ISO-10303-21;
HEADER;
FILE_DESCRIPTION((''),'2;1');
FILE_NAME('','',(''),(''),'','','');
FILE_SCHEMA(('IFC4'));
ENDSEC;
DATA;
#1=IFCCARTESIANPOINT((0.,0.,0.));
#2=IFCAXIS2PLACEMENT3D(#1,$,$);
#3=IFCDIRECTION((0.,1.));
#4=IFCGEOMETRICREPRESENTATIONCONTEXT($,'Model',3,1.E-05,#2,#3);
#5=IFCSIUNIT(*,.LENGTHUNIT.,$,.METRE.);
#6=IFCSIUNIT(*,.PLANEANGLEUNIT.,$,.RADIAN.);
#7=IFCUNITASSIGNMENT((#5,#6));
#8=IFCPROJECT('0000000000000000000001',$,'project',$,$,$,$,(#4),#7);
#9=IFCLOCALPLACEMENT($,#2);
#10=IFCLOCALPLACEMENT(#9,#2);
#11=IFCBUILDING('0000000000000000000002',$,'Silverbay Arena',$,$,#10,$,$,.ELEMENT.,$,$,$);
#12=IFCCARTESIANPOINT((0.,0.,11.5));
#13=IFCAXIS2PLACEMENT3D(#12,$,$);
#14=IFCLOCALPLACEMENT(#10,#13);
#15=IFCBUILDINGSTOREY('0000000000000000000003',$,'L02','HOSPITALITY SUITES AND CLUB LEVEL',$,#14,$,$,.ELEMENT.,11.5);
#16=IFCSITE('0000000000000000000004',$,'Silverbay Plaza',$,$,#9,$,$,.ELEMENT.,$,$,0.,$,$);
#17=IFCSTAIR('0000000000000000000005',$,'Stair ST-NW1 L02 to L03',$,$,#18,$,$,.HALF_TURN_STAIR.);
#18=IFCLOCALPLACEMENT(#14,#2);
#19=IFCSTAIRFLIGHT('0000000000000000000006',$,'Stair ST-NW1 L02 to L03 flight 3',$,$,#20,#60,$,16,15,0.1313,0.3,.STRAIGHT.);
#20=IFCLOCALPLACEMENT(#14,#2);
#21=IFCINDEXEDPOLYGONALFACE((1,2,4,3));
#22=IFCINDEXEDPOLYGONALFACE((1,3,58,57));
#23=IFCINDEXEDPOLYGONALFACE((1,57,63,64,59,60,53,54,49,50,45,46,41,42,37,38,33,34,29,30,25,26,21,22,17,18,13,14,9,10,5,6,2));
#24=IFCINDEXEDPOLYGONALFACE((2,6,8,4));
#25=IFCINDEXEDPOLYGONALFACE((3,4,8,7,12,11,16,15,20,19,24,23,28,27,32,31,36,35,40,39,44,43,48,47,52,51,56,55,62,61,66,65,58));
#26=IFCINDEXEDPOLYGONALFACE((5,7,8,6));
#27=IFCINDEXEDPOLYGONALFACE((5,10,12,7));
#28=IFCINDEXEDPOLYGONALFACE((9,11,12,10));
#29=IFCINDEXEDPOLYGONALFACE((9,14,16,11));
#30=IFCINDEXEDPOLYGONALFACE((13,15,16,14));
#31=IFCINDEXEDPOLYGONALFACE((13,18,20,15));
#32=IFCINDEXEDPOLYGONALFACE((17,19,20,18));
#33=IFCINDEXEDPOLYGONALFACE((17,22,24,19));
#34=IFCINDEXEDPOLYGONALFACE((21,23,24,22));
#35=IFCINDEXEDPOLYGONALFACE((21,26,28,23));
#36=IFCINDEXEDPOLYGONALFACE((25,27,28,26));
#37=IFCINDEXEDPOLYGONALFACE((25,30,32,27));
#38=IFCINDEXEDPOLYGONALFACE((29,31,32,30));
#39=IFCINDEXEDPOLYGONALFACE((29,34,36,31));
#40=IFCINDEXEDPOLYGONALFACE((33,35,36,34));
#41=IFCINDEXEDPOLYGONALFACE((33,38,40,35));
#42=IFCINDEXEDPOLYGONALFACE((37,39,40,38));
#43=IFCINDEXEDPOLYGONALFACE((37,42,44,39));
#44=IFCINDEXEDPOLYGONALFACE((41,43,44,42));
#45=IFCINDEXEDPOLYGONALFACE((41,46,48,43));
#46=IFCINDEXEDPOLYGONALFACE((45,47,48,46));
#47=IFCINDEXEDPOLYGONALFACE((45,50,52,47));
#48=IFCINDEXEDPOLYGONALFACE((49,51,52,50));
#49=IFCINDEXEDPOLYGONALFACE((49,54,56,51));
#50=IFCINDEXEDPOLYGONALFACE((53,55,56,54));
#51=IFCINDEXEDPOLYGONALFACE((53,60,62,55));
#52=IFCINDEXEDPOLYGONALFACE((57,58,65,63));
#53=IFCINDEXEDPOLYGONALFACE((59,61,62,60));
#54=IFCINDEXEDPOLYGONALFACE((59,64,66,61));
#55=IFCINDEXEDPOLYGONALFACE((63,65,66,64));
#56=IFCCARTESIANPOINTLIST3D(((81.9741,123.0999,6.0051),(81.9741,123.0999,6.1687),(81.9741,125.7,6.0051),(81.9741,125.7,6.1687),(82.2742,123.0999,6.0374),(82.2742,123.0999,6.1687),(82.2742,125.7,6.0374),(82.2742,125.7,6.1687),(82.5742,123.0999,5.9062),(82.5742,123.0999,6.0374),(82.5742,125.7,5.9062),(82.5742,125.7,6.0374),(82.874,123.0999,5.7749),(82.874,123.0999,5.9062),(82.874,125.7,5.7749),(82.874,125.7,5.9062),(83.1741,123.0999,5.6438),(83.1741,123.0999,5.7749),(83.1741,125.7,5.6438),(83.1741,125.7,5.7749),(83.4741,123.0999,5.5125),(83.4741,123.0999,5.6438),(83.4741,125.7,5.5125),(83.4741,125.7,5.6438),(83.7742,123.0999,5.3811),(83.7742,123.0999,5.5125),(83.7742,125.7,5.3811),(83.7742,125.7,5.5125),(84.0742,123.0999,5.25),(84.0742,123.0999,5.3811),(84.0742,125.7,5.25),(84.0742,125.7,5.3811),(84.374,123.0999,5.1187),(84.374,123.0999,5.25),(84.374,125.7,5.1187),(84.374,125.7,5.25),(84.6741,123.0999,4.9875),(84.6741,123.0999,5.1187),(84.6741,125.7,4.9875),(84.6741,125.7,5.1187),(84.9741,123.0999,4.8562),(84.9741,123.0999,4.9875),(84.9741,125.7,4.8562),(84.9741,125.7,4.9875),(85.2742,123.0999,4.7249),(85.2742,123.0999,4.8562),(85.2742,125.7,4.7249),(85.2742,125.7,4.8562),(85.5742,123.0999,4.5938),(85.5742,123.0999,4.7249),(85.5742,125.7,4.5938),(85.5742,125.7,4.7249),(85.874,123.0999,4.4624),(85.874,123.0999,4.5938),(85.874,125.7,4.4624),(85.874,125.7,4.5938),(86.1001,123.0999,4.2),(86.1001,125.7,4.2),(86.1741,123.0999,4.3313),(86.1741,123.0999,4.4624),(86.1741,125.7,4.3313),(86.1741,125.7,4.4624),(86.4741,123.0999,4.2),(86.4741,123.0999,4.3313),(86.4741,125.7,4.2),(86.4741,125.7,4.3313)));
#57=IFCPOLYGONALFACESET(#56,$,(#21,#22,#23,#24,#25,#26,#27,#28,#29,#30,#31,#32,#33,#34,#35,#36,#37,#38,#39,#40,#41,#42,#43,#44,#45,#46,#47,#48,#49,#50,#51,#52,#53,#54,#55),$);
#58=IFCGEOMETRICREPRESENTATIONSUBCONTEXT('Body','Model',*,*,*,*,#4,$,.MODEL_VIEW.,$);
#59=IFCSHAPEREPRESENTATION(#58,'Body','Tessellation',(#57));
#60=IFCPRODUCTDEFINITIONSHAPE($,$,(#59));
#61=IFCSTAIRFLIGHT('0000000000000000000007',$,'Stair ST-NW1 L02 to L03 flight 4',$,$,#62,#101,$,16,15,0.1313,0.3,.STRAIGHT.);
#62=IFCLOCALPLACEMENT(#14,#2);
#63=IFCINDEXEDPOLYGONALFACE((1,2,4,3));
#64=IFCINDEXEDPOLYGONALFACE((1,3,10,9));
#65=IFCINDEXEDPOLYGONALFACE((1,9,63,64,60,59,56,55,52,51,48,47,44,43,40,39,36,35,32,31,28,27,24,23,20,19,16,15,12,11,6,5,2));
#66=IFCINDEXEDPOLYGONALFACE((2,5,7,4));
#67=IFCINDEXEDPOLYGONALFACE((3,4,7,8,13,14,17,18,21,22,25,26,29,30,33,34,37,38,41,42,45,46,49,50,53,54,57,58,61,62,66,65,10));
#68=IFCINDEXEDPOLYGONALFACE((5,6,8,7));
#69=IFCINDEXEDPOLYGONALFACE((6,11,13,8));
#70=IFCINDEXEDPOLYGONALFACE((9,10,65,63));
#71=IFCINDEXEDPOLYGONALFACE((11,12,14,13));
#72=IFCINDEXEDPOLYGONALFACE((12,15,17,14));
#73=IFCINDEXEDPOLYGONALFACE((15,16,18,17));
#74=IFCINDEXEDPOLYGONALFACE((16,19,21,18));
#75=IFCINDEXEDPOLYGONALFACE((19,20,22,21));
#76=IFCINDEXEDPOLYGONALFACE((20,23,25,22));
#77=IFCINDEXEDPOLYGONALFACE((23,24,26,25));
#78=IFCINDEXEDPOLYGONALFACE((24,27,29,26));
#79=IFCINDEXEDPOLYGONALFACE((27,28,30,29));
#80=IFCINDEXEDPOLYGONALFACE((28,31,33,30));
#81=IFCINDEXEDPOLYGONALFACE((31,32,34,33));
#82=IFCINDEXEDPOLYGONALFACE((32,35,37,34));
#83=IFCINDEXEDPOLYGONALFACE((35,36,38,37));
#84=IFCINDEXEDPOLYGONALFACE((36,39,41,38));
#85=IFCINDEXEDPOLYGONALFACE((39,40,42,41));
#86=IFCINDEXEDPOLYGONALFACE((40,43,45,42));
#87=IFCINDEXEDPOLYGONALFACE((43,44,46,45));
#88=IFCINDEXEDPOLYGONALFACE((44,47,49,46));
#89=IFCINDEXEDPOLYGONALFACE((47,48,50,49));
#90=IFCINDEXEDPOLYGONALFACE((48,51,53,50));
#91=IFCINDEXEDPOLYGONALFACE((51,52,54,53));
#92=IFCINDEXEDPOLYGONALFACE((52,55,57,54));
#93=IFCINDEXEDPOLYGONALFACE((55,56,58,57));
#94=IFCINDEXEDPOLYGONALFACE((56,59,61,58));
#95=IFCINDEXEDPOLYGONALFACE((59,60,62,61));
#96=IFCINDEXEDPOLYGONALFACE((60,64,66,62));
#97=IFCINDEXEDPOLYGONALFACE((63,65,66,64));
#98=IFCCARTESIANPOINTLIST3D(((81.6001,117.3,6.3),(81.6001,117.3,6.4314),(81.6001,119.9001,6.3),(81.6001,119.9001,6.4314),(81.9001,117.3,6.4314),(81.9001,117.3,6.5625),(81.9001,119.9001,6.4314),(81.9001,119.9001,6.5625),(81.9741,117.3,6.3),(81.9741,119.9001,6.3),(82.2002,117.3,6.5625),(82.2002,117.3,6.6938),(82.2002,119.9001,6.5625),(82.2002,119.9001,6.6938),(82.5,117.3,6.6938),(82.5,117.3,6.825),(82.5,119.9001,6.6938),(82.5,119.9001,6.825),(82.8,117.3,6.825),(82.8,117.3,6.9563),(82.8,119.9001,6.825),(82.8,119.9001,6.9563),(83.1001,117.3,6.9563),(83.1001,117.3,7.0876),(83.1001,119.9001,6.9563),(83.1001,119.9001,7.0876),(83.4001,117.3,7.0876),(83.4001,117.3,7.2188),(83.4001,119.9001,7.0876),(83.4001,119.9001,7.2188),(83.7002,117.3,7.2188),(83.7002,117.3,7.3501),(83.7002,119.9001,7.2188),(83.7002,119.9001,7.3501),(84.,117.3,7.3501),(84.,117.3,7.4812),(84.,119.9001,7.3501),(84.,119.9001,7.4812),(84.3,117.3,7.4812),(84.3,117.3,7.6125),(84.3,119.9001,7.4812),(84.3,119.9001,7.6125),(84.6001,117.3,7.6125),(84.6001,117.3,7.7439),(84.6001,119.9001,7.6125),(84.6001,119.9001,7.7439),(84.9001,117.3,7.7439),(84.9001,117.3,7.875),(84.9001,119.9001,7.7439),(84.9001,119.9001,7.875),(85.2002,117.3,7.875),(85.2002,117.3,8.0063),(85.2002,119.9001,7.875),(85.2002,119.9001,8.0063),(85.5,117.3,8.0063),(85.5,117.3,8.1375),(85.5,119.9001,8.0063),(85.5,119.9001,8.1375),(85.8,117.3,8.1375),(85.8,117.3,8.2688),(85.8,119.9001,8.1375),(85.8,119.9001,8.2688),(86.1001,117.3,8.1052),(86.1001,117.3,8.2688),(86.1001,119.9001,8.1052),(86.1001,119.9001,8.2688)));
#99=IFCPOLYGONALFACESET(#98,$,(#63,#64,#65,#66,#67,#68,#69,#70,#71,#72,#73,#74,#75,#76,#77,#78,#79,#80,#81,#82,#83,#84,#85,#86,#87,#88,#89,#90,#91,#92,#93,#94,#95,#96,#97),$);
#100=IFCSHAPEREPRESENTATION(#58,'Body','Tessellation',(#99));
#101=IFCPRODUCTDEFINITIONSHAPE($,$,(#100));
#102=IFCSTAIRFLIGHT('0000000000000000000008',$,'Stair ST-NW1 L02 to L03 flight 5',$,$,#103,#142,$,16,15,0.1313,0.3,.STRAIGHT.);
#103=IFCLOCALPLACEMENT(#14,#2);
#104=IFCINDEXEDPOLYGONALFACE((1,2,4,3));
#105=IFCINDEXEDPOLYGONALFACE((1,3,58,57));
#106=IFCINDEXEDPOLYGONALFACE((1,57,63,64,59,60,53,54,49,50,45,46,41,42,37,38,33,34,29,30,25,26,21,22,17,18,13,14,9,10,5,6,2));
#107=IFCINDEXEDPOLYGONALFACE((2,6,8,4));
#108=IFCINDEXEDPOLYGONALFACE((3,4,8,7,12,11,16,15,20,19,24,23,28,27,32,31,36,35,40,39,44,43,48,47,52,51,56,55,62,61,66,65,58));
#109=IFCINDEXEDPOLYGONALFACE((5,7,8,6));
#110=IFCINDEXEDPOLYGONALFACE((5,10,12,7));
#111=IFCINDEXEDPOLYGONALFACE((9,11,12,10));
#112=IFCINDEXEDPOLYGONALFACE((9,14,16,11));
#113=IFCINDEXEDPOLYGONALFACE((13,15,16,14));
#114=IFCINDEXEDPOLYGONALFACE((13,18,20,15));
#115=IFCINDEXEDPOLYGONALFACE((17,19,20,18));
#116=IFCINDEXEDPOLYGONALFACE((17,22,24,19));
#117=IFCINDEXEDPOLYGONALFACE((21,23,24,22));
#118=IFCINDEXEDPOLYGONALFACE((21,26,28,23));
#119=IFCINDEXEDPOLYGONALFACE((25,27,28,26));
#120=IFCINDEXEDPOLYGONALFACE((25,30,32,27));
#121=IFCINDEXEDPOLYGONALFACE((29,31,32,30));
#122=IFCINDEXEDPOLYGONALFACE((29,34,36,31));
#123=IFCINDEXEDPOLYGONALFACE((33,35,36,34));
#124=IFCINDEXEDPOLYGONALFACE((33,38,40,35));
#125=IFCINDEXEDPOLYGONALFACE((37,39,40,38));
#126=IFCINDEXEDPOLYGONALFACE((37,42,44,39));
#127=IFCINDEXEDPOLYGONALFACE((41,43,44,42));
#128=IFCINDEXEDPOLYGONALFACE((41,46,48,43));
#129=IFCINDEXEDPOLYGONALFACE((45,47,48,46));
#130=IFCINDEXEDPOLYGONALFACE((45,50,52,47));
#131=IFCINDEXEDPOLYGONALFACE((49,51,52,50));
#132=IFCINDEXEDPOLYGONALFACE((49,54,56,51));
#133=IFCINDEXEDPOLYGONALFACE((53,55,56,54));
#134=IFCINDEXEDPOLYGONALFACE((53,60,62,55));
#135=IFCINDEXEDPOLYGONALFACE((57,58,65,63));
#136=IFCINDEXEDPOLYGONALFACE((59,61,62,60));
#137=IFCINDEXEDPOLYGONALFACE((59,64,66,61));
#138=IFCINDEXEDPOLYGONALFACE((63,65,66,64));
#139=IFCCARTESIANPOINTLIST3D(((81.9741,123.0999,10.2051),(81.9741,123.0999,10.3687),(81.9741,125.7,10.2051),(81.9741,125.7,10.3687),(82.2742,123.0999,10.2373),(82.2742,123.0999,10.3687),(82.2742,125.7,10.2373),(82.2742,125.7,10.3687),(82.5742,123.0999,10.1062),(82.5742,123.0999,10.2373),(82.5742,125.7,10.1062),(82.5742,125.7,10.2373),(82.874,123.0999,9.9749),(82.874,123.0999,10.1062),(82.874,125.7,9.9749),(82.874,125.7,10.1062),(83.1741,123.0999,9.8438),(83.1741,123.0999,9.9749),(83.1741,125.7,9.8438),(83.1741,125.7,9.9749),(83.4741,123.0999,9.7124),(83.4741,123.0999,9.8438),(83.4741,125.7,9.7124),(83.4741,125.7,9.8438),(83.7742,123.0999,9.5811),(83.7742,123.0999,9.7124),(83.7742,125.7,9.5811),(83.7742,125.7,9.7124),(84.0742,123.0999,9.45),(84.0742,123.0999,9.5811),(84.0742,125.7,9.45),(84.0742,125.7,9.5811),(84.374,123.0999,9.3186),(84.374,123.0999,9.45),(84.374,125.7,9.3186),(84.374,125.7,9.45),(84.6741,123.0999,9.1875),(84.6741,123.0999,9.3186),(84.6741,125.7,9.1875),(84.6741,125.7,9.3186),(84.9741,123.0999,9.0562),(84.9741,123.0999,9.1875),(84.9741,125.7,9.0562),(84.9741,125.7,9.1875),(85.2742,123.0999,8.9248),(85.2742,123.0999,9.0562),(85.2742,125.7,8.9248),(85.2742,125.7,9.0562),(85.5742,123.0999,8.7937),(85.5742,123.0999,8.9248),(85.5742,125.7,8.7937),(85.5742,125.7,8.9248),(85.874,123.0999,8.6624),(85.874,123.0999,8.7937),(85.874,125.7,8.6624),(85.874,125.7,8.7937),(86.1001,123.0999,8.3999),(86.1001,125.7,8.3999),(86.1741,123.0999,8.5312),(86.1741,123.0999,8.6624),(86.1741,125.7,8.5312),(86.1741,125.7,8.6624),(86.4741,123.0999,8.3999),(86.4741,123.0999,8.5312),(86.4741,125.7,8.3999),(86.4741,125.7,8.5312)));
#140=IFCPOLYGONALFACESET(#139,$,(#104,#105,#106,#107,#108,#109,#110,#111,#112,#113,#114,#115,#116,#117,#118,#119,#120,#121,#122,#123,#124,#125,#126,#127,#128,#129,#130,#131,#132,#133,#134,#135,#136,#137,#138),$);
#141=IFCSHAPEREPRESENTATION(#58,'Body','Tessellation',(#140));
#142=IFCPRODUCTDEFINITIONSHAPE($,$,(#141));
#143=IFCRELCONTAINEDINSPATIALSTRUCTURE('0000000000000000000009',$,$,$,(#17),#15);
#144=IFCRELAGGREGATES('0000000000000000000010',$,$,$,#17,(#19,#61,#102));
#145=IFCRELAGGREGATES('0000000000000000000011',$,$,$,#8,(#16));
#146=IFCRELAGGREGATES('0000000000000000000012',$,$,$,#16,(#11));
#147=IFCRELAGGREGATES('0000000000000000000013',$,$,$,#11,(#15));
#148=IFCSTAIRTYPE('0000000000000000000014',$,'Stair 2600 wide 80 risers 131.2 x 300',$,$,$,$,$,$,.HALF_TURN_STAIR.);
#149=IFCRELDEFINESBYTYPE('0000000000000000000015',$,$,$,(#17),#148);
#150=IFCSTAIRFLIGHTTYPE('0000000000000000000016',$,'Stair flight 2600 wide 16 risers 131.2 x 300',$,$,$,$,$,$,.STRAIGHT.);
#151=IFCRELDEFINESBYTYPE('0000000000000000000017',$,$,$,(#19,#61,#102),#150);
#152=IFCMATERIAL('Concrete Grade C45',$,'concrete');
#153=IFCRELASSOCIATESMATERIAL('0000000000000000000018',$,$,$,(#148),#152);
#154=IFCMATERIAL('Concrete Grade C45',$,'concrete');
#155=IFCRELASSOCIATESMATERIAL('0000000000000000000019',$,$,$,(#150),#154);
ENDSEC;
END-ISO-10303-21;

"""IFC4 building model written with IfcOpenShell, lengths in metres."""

from ifc_helpers import new_model, si_unit, direction, frame, origin, place, context, subcontext, project, spatial, polyline, outline, extrude, material, type_object, element, aggregate, save


model = new_model("IFC4")

# Units and contexts
model_context = context("Model", 3, precision=1e-05, world=origin(), true_north=direction((0.0, 1.0)))
body_context = subcontext(model_context, "Body", "Model", "MODEL_VIEW")
ifc_project = project(units=[si_unit("LENGTHUNIT", "METRE"), si_unit("PLANEANGLEUNIT", "RADIAN")], contexts=[model_context])

# Site, building, storey
site_placement = place(None, origin())
site = spatial("IfcSite", under=ifc_project, at=site_placement, Name="Silverbay Plaza", CompositionType="ELEMENT", RefElevation=0.0)
building_placement = place(site_placement, origin())
building = spatial("IfcBuilding", under=site, at=building_placement, Name="Silverbay Arena", CompositionType="ELEMENT")
storey_placement = place(building_placement, frame((0.0, 0.0, 11.5)))
storey = spatial("IfcBuildingStorey", under=building, at=storey_placement, Name="L02", Description="HOSPITALITY SUITES AND CLUB LEVEL", CompositionType="ELEMENT", Elevation=11.5)

# Stair, stair flights
ifc_material_1 = material(Name="Concrete Grade C45", Category="concrete")
stair_type = type_object("IfcStairType", Name="Stair 2600 wide 80 risers 131.2 x 300", PredefinedType="HALF_TURN_STAIR", material=ifc_material_1)
stair_placement = place(storey_placement, origin())
stair = element("IfcStair", 1, at=stair_placement, inside=storey, type_object=stair_type, Name="Stair ST-NW1 L02 to L03", PredefinedType="HALF_TURN_STAIR")
ifc_material_2 = material(Name="Concrete Grade C45", Category="concrete")
stair_flight_type = type_object("IfcStairFlightType", Name="Stair flight 2600 wide 16 risers 131.2 x 300", PredefinedType="STRAIGHT", material=ifc_material_2)
stair_flight_1_placement = place(storey_placement, frame((86.4741, 124.3999, 4.2), z_axis=(0.0, 0.0, 1.0), x_axis=(-1.0, 0.0, 0.0)))
stair_flight_1 = element("IfcStairFlight", 2, at=stair_flight_1_placement, type_object=stair_flight_type, Name="Stair ST-NW1 L02 to L03 flight 3", NumberOfRisers=16, NumberOfTreads=15, PredefinedType="STRAIGHT", RiserHeight=0.1313, TreadLength=0.3, context=body_context, shape_type="SweptSolid", body=[
    extrude(outline(polyline([(0.0, 0.0), (0.0, 0.1313), (0.3, 0.1313), (0.3, 0.2625), (0.6001, 0.2625), (0.6001, 0.3938), (0.8999, 0.3938), (0.8999, 0.5249), (1.2, 0.5249), (1.2, 0.6562), (1.5, 0.6562), (1.5, 0.7876), (1.8, 0.7876), (1.8, 0.9187), (2.1001, 0.9187), (2.1001, 1.05), (2.3999, 1.05), (2.3999, 1.1812), (2.7, 1.1812), (2.7, 1.3125), (3.0, 1.3125), (3.0, 1.4438), (3.3, 1.4438), (3.3, 1.575), (3.6001, 1.575), (3.6001, 1.7063), (3.8999, 1.7063), (3.8999, 1.8374), (4.2, 1.8374), (4.2, 1.9688), (4.5, 1.9688), (4.5, 1.8052), (0.374, 0.0), (0.0, 0.0)])), frame((0.0, 1.3, 0.0), z_axis=(0.0, -1.0, 0.0), x_axis=(1.0, 0.0, 0.0)), (0.0, 0.0, 1.0), 2.6001),
])
stair_flight_2_placement = place(storey_placement, frame((81.6001, 118.6001, 6.3), z_axis=(0.0, 0.0, 1.0), x_axis=(1.0, 0.0, 0.0)))
stair_flight_2 = element("IfcStairFlight", 3, at=stair_flight_2_placement, type_object=stair_flight_type, Name="Stair ST-NW1 L02 to L03 flight 4", NumberOfRisers=16, NumberOfTreads=15, PredefinedType="STRAIGHT", RiserHeight=0.1313, TreadLength=0.3, context=body_context, shape_type="SweptSolid", body=[
    extrude(outline(polyline([(0.0, 0.0), (0.0, 0.1313), (0.3, 0.1313), (0.3, 0.2625), (0.6001, 0.2625), (0.6001, 0.3938), (0.8999, 0.3938), (0.8999, 0.5249), (1.2, 0.5249), (1.2, 0.6562), (1.5, 0.6562), (1.5, 0.7876), (1.8, 0.7876), (1.8, 0.9187), (2.1001, 0.9187), (2.1001, 1.05), (2.3999, 1.05), (2.3999, 1.1812), (2.7, 1.1812), (2.7, 1.3125), (3.0, 1.3125), (3.0, 1.4438), (3.3, 1.4438), (3.3, 1.575), (3.6001, 1.575), (3.6001, 1.7063), (3.8999, 1.7063), (3.8999, 1.8374), (4.2, 1.8374), (4.2, 1.9688), (4.5, 1.9688), (4.5, 1.8052), (0.374, 0.0), (0.0, 0.0)])), frame((0.0, 1.3, 0.0), z_axis=(0.0, -1.0, 0.0), x_axis=(1.0, 0.0, 0.0)), (0.0, 0.0, 1.0), 2.6001),
])
stair_flight_3_placement = place(storey_placement, frame((86.4741, 124.3999, 8.3999), z_axis=(0.0, 0.0, 1.0), x_axis=(-1.0, 0.0, 0.0)))
stair_flight_3 = element("IfcStairFlight", 4, at=stair_flight_3_placement, type_object=stair_flight_type, Name="Stair ST-NW1 L02 to L03 flight 5", NumberOfRisers=16, NumberOfTreads=15, PredefinedType="STRAIGHT", RiserHeight=0.1313, TreadLength=0.3, context=body_context, shape_type="SweptSolid", body=[
    extrude(outline(polyline([(0.0, 0.0), (0.0, 0.1313), (0.3, 0.1313), (0.3, 0.2625), (0.6001, 0.2625), (0.6001, 0.3938), (0.8999, 0.3938), (0.8999, 0.5249), (1.2, 0.5249), (1.2, 0.6562), (1.5, 0.6562), (1.5, 0.7876), (1.8, 0.7876), (1.8, 0.9187), (2.1001, 0.9187), (2.1001, 1.05), (2.3999, 1.05), (2.3999, 1.1812), (2.7, 1.1812), (2.7, 1.3125), (3.0, 1.3125), (3.0, 1.4438), (3.3, 1.4438), (3.3, 1.575), (3.6001, 1.575), (3.6001, 1.7063), (3.8999, 1.7063), (3.8999, 1.8374), (4.2, 1.8374), (4.2, 1.9688), (4.5, 1.9688), (4.5, 1.8052), (0.374, 0.0), (0.0, 0.0)])), frame((0.0, 1.3, 0.0), z_axis=(0.0, -1.0, 0.0), x_axis=(1.0, 0.0, 0.0)), (0.0, 0.0, 1.0), 2.6001),
])
aggregate(stair, [stair_flight_1, stair_flight_2, stair_flight_3])

save(model, "model.ifc")
